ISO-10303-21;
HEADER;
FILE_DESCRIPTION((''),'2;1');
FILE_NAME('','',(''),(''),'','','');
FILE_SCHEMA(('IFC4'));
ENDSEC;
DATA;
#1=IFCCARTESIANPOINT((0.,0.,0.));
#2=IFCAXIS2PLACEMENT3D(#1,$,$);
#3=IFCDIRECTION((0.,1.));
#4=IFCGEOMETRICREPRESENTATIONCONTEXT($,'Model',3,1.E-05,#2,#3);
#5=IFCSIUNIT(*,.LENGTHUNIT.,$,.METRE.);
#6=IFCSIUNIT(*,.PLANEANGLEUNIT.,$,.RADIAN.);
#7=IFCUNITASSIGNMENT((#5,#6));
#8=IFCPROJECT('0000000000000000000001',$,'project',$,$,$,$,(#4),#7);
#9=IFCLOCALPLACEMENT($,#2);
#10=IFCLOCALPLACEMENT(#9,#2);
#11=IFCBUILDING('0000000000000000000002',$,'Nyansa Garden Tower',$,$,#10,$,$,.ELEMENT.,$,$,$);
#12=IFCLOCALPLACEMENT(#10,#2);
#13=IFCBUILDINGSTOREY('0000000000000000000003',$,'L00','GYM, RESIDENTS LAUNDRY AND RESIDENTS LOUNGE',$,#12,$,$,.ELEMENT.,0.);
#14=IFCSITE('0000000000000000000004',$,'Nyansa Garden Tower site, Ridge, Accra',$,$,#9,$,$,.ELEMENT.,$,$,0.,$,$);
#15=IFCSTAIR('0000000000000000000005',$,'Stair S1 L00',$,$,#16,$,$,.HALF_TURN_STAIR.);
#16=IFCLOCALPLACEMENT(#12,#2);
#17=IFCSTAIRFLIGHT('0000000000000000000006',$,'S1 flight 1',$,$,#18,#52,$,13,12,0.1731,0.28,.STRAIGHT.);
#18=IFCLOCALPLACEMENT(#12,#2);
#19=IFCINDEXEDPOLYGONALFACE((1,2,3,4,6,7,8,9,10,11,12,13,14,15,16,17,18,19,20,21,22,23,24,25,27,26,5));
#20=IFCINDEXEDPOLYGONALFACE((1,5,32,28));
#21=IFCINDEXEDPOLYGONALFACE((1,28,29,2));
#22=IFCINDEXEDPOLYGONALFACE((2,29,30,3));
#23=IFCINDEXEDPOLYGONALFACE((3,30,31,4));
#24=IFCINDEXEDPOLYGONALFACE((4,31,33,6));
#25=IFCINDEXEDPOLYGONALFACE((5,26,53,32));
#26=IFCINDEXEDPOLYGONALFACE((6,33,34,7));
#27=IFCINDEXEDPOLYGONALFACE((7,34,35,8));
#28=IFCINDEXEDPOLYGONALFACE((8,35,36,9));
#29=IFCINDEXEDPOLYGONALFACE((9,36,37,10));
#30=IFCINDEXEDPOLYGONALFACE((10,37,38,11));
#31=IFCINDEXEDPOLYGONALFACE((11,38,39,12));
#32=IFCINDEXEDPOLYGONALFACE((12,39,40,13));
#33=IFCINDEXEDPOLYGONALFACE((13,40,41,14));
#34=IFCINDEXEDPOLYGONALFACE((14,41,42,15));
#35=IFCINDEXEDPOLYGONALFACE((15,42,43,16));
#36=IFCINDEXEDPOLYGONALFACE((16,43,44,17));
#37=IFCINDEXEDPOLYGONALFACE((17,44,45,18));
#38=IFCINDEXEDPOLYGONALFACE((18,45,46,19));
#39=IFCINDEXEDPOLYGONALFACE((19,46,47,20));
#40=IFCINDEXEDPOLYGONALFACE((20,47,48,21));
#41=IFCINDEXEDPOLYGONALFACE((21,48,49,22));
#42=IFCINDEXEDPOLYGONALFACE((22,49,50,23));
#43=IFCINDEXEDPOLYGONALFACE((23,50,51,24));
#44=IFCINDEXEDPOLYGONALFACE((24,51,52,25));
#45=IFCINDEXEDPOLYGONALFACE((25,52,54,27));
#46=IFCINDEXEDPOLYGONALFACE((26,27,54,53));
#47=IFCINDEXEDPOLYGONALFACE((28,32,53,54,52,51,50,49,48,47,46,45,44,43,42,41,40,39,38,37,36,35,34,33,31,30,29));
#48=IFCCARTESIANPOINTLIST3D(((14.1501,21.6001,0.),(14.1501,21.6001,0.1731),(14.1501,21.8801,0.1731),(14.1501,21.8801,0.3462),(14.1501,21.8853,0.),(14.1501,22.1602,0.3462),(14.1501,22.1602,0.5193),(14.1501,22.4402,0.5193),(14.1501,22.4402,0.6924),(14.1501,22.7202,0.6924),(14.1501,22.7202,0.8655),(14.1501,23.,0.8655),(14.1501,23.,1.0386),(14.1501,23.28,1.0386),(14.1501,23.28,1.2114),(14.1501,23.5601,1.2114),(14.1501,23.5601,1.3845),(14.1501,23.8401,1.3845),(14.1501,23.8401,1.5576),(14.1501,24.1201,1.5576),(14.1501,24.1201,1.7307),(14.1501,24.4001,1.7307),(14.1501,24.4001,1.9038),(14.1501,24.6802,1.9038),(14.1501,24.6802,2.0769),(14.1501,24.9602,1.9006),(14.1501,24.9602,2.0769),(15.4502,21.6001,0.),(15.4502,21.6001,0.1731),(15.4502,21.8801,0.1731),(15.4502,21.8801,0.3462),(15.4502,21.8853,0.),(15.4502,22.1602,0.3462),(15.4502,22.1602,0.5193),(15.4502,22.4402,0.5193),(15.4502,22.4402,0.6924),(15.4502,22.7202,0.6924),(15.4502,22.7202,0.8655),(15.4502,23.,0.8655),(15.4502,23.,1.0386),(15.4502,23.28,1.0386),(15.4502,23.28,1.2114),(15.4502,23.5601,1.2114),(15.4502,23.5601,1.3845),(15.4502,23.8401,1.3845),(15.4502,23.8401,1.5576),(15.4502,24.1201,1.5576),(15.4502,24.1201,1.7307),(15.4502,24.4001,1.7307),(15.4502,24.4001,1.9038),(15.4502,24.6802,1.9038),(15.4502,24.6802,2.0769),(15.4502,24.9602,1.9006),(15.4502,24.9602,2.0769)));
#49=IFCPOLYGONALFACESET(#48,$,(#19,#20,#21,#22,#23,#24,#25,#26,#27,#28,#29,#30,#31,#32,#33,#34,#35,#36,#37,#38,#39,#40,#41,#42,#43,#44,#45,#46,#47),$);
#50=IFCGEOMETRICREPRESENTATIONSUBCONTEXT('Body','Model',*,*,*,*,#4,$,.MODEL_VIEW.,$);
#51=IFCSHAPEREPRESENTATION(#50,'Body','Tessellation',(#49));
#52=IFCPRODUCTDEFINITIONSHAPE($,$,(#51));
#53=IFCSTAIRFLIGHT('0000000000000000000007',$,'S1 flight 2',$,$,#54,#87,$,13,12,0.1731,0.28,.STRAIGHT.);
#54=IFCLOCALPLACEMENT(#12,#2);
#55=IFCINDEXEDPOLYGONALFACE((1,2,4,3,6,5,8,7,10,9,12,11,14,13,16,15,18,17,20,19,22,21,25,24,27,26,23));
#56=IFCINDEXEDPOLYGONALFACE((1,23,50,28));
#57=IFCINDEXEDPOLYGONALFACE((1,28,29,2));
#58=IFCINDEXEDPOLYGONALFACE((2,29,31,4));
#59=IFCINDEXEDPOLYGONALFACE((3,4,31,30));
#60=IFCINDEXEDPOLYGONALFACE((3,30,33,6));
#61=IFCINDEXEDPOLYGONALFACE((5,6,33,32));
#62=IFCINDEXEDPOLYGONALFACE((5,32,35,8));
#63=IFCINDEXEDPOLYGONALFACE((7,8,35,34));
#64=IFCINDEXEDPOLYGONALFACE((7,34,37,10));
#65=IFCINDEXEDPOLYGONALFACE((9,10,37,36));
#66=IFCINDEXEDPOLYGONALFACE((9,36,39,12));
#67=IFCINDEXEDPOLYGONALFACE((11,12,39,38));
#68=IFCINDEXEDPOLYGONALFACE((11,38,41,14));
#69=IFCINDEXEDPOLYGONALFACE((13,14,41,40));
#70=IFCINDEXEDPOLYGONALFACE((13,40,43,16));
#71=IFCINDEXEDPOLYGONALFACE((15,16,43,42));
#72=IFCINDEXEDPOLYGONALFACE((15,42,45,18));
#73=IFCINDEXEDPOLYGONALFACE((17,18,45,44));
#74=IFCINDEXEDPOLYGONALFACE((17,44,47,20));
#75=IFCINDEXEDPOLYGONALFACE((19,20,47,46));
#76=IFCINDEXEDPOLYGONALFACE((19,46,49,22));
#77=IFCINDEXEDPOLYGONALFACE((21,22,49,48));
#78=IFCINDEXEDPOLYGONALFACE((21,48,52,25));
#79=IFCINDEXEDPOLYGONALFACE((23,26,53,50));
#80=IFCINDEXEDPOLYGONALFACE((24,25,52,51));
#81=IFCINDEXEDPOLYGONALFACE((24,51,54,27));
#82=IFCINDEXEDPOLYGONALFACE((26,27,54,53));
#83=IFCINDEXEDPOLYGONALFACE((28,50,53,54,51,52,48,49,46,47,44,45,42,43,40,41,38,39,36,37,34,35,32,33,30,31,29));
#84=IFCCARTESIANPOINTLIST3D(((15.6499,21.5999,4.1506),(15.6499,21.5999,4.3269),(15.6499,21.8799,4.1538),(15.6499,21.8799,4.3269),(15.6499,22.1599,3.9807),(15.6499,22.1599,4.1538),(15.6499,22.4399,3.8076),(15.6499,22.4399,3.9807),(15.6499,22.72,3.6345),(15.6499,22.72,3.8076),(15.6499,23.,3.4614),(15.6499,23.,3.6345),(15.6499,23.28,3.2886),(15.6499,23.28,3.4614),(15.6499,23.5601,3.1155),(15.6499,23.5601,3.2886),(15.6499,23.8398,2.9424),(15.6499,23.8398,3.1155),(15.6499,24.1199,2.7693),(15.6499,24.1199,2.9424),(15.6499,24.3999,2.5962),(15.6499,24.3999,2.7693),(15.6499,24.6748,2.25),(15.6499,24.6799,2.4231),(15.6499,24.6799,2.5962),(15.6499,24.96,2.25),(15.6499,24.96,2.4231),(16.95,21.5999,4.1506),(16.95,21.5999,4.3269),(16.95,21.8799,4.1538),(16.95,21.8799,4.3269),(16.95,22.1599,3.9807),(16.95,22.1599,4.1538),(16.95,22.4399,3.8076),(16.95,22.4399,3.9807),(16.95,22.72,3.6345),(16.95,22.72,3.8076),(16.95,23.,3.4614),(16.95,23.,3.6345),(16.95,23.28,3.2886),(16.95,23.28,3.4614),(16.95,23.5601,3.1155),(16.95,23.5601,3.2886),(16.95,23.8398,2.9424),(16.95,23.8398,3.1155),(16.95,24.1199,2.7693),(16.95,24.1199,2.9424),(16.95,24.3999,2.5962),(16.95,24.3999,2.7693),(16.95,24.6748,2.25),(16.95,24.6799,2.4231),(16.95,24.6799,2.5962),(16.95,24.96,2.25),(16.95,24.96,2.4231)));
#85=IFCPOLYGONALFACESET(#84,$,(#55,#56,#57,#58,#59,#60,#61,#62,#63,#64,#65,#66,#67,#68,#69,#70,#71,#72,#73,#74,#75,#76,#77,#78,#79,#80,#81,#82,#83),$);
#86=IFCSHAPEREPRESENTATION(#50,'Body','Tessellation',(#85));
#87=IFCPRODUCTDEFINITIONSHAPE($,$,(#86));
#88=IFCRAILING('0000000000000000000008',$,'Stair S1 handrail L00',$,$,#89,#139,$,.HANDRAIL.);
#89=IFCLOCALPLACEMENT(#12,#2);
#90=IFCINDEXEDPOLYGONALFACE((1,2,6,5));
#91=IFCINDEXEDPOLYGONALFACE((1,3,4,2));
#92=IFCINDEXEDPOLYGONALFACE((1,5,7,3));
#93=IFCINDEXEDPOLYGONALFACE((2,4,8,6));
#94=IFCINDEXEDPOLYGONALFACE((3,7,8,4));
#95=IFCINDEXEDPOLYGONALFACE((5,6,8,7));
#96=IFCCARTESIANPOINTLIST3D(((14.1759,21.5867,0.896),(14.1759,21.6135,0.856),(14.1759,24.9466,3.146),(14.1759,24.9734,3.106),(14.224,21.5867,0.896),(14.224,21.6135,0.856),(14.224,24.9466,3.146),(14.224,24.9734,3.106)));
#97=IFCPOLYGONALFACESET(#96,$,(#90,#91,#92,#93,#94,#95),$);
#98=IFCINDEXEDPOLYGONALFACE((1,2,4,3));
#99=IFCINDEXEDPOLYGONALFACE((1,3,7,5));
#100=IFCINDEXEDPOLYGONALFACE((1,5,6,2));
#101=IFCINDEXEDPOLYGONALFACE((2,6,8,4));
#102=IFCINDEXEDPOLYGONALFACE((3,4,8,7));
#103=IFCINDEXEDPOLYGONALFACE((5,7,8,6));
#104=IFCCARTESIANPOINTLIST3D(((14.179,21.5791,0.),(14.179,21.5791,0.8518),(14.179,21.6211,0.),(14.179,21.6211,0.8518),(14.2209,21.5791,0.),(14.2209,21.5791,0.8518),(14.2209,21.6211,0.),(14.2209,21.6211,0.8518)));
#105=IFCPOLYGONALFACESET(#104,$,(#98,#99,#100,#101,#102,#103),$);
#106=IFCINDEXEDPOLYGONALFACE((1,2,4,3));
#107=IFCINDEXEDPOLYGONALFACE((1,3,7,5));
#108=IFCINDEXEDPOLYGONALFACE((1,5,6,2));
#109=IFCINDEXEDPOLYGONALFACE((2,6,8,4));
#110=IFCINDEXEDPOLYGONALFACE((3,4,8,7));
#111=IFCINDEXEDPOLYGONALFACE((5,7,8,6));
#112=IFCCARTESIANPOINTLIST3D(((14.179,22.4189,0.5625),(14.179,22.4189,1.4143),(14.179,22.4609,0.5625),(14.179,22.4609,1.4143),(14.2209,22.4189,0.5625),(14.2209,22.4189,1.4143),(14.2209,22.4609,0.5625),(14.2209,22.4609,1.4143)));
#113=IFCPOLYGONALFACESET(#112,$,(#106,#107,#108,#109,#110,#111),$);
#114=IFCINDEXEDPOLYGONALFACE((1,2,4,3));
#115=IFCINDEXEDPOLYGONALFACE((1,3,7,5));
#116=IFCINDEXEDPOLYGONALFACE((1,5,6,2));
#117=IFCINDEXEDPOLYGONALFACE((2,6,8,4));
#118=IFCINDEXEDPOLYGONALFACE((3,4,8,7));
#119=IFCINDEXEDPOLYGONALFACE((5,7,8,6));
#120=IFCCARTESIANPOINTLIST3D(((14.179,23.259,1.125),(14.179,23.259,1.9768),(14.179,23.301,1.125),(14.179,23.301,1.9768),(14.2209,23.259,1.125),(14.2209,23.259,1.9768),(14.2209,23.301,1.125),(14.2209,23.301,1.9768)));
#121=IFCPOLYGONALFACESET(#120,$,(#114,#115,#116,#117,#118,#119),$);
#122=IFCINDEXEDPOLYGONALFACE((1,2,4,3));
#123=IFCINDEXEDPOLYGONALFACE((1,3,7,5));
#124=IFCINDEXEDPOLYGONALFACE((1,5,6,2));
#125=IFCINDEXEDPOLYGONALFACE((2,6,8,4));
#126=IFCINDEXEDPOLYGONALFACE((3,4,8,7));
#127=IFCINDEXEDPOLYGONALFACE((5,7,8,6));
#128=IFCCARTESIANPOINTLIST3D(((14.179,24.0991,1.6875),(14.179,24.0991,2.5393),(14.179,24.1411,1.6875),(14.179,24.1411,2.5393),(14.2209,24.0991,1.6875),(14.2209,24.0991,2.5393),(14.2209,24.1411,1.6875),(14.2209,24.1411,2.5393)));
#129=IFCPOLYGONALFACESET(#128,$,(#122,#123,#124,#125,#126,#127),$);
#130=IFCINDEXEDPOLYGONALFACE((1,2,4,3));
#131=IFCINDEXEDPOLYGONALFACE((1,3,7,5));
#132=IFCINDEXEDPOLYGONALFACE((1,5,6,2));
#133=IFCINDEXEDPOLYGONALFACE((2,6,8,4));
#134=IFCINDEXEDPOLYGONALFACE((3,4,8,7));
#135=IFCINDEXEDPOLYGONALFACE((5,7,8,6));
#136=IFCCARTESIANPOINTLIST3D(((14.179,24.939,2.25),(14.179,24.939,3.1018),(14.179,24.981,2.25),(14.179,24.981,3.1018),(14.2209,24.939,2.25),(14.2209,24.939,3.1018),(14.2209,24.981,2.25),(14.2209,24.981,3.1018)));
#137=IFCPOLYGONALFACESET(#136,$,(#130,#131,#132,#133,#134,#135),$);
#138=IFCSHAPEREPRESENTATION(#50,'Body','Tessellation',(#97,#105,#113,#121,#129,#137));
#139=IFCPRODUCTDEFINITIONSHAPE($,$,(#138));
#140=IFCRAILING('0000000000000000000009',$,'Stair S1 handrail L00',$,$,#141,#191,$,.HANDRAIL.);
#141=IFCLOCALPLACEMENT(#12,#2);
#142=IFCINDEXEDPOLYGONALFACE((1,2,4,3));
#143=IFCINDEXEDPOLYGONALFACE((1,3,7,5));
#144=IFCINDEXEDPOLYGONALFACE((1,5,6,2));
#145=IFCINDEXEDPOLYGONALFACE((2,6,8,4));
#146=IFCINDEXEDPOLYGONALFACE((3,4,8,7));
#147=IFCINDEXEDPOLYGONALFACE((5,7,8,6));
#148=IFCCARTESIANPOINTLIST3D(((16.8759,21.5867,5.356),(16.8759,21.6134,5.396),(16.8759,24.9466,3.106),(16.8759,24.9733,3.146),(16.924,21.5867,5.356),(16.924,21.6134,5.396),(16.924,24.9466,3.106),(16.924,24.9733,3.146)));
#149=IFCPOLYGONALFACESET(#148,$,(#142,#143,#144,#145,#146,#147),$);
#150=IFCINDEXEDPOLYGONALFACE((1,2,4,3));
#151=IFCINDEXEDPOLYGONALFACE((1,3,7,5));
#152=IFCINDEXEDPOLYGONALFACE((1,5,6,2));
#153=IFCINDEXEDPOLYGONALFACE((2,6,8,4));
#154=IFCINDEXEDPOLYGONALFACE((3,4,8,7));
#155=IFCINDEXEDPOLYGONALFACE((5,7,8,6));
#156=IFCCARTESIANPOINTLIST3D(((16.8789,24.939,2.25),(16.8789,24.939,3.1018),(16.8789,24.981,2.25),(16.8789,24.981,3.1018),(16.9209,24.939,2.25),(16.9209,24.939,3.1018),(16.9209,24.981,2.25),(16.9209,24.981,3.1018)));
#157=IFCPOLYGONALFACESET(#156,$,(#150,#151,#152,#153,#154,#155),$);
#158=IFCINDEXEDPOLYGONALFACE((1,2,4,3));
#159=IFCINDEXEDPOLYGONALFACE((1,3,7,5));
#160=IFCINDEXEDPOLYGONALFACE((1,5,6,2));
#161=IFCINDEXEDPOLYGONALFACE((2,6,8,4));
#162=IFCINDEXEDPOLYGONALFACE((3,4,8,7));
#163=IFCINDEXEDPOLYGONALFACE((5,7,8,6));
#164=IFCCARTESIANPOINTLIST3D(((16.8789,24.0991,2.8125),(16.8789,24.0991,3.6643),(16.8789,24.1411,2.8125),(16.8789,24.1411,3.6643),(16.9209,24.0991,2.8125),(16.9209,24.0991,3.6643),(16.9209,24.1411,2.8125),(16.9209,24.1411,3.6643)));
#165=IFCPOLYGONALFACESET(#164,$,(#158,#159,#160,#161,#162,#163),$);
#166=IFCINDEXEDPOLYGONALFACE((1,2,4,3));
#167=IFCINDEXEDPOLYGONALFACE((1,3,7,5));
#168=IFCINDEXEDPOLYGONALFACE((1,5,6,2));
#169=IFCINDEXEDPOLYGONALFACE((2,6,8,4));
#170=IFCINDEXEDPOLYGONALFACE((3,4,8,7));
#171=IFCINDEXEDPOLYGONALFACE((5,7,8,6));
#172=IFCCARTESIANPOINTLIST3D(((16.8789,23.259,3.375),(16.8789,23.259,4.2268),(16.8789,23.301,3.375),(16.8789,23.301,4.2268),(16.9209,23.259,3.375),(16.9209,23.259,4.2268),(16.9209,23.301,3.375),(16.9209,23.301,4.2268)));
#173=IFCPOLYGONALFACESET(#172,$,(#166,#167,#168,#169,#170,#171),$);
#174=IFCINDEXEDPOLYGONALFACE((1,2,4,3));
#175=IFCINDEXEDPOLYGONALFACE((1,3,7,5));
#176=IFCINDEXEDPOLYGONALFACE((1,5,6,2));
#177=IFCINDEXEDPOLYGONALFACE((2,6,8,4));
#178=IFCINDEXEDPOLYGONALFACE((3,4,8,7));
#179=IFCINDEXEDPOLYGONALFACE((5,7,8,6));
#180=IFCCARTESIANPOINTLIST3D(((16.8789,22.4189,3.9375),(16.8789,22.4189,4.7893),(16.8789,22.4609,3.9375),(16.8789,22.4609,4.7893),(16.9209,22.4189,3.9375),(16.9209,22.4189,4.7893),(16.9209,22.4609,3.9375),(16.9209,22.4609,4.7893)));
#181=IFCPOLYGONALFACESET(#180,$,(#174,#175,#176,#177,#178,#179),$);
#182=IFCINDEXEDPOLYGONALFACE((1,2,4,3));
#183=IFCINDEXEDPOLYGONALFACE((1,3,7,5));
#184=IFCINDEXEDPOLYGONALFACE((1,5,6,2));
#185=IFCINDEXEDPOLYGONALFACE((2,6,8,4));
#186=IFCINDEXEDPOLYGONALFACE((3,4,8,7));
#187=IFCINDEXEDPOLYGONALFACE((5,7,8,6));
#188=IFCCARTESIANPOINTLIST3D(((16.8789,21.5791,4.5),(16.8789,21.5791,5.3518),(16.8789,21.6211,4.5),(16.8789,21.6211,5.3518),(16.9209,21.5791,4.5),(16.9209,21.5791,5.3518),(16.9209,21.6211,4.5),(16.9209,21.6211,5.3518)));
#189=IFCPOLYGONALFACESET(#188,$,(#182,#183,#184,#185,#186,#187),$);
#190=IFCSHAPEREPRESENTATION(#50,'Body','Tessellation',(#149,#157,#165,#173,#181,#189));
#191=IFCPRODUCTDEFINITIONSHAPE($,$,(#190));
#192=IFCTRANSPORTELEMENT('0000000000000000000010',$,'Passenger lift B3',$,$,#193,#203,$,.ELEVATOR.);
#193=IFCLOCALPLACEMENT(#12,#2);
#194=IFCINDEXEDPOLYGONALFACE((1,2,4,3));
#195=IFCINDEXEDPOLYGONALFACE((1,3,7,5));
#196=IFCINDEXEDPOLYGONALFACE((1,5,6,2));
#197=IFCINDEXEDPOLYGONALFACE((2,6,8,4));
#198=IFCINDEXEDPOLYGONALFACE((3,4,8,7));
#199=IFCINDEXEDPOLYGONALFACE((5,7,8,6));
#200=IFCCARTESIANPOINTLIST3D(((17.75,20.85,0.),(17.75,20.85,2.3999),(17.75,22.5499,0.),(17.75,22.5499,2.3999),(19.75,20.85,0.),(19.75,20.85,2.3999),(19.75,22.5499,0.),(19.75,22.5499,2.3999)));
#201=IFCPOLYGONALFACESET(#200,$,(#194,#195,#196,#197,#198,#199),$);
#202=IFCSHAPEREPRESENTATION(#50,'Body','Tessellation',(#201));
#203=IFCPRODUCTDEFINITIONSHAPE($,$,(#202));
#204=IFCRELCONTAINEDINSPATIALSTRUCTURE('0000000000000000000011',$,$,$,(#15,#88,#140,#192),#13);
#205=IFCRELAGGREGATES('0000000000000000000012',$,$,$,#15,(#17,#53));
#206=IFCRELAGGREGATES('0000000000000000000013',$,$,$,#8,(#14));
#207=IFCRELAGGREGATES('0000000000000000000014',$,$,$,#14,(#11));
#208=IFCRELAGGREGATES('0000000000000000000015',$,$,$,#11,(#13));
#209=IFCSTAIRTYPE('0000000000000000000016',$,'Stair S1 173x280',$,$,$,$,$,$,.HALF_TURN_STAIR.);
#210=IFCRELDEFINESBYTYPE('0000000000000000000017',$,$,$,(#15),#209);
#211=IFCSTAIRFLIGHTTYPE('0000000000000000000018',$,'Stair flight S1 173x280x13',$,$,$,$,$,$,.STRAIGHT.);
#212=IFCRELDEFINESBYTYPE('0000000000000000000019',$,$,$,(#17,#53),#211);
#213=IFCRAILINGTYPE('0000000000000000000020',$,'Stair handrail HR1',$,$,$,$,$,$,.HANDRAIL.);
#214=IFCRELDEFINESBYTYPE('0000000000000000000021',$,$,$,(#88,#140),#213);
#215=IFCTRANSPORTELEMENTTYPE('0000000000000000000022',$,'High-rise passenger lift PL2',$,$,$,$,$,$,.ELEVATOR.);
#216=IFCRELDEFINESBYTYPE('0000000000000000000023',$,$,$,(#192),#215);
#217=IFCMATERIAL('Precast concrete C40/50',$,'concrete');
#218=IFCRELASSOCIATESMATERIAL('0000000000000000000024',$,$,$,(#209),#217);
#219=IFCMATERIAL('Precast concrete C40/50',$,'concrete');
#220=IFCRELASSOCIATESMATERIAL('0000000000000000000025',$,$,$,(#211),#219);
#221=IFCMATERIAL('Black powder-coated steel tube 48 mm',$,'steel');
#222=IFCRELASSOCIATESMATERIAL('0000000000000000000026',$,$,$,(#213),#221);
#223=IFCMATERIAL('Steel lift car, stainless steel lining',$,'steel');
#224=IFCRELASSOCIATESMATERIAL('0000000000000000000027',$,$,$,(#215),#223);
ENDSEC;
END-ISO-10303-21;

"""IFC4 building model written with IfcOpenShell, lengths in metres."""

from ifc_helpers import new_model, si_unit, direction, frame, origin, origin_2d, place, context, subcontext, project, spatial, polyline, rectangle, outline, extrude, material, type_object, element, aggregate, save


model = new_model("IFC4")

# Units and contexts
model_context = context("Model", 3, precision=1e-05, world=origin(), true_north=direction((0.0, 1.0)))
body_context = subcontext(model_context, "Body", "Model", "MODEL_VIEW")
ifc_project = project(units=[si_unit("LENGTHUNIT", "METRE"), si_unit("PLANEANGLEUNIT", "RADIAN")], contexts=[model_context])

# Site, building, storey
site_placement = place(None, origin())
site = spatial("IfcSite", under=ifc_project, at=site_placement, Name="Nyansa Garden Tower site, Ridge, Accra", CompositionType="ELEMENT", RefElevation=0.0)
building_placement = place(site_placement, origin())
building = spatial("IfcBuilding", under=site, at=building_placement, Name="Nyansa Garden Tower", CompositionType="ELEMENT")
storey_placement = place(building_placement, origin())
storey = spatial("IfcBuildingStorey", under=building, at=storey_placement, Name="L00", Description="GYM, RESIDENTS LAUNDRY AND RESIDENTS LOUNGE", CompositionType="ELEMENT", Elevation=0.0)

# Stair, stair flights
ifc_material_1 = material(Name="Precast concrete C40/50", Category="concrete")
stair_type = type_object("IfcStairType", Name="Stair S1 173x280", PredefinedType="HALF_TURN_STAIR", material=ifc_material_1)
stair_placement = place(storey_placement, origin())
stair = element("IfcStair", 1, at=stair_placement, inside=storey, type_object=stair_type, Name="Stair S1 L00", PredefinedType="HALF_TURN_STAIR")
ifc_material_2 = material(Name="Precast concrete C40/50", Category="concrete")
stair_flight_type = type_object("IfcStairFlightType", Name="Stair flight S1 173x280x13", PredefinedType="STRAIGHT", material=ifc_material_2)
stair_flight_1_placement = place(storey_placement, frame((14.8, 21.6001, 0.0), z_axis=(0.0, 0.0, 1.0), x_axis=(0.0, 1.0, 0.0)))
stair_flight_1 = element("IfcStairFlight", 2, at=stair_flight_1_placement, type_object=stair_flight_type, Name="S1 flight 1", NumberOfRisers=13, NumberOfTreads=12, PredefinedType="STRAIGHT", RiserHeight=0.1731, TreadLength=0.28, context=body_context, shape_type="SweptSolid", body=[
    extrude(outline(polyline([(0.0, 0.0), (0.0, 0.1731), (0.28, 0.1731), (0.28, 0.3462), (0.5601, 0.3462), (0.5601, 0.5193), (0.8401, 0.5193), (0.8401, 0.6924), (1.1201, 0.6924), (1.1201, 0.8655), (1.3999, 0.8655), (1.3999, 1.0386), (1.6799, 1.0386), (1.6799, 1.2114), (1.96, 1.2114), (1.96, 1.3845), (2.24, 1.3845), (2.24, 1.5576), (2.52, 1.5576), (2.52, 1.7307), (2.8, 1.7307), (2.8, 1.9038), (3.0801, 1.9038), (3.0801, 2.0769), (3.3601, 2.0769), (3.3601, 2.25), (3.3601, 1.9006), (0.2852, 0.0), (0.0, 0.0)])), frame((0.0, 0.6499, 0.0), z_axis=(0.0, -1.0, 0.0), x_axis=(1.0, 0.0, 0.0)), (0.0, 0.0, 1.0), 1.3),
])
stair_flight_2_placement = place(storey_placement, frame((16.3, 24.96, 2.25), z_axis=(0.0, 0.0, 1.0), x_axis=(0.0, -1.0, 0.0)))
stair_flight_2 = element("IfcStairFlight", 3, at=stair_flight_2_placement, type_object=stair_flight_type, Name="S1 flight 2", NumberOfRisers=13, NumberOfTreads=12, PredefinedType="STRAIGHT", RiserHeight=0.1731, TreadLength=0.28, context=body_context, shape_type="SweptSolid", body=[
    extrude(outline(polyline([(0.0, 0.0), (0.0, 0.1731), (0.28, 0.1731), (0.28, 0.3462), (0.5601, 0.3462), (0.5601, 0.5193), (0.8401, 0.5193), (0.8401, 0.6924), (1.1201, 0.6924), (1.1201, 0.8655), (1.3999, 0.8655), (1.3999, 1.0386), (1.6799, 1.0386), (1.6799, 1.2114), (1.96, 1.2114), (1.96, 1.3845), (2.24, 1.3845), (2.24, 1.5576), (2.52, 1.5576), (2.52, 1.7307), (2.8, 1.7307), (2.8, 1.9038), (3.0801, 1.9038), (3.0801, 2.0769), (3.3601, 2.0769), (3.3601, 2.25), (3.3601, 1.9006), (0.2852, 0.0), (0.0, 0.0)])), frame((0.0, 0.6499, 0.0), z_axis=(0.0, -1.0, 0.0), x_axis=(1.0, 0.0, 0.0)), (0.0, 0.0, 1.0), 1.3),
])
aggregate(stair, [stair_flight_1, stair_flight_2])

# Railings
ifc_material_3 = material(Name="Black powder-coated steel tube 48 mm", Category="steel")
railing_type = type_object("IfcRailingType", Name="Stair handrail HR1", PredefinedType="HANDRAIL", material=ifc_material_3)
railing_1_placement = place(storey_placement, frame((14.2, 21.6001, 0.0)))
element("IfcRailing", 4, at=railing_1_placement, inside=storey, type_object=railing_type, Name="Stair S1 handrail L00", PredefinedType="HANDRAIL", context=body_context, shape_type="SweptSolid", body=[
    extrude(rectangle(XDim=0.0481, YDim=0.0481, at=origin_2d()), frame((0.0, 0.0, 0.876), z_axis=(0.0, 0.830897, 0.556427), x_axis=(-1.0, 0.0, 0.0)), (0.0, 0.0, 1.0), 4.0437),
    extrude(rectangle(XDim=0.042, YDim=0.042, at=origin_2d()), origin(), (0.0, 0.0, 1.0), 0.8518),
    extrude(rectangle(XDim=0.042, YDim=0.042, at=origin_2d()), frame((0.0, 0.8398, 0.5625)), (0.0, 0.0, 1.0), 0.8518),
    extrude(rectangle(XDim=0.042, YDim=0.042, at=origin_2d()), frame((0.0, 1.6799, 1.125)), (0.0, 0.0, 1.0), 0.8518),
    extrude(rectangle(XDim=0.042, YDim=0.042, at=origin_2d()), frame((0.0, 2.52, 1.6875)), (0.0, 0.0, 1.0), 0.8518),
    extrude(rectangle(XDim=0.042, YDim=0.042, at=origin_2d()), frame((0.0, 3.3599, 2.25)), (0.0, 0.0, 1.0), 0.8518),
])
railing_2_placement = place(storey_placement, frame((16.8999, 24.96, 2.25)))
element("IfcRailing", 5, at=railing_2_placement, inside=storey, type_object=railing_type, Name="Stair S1 handrail L00", PredefinedType="HANDRAIL", context=body_context, shape_type="SweptSolid", body=[
    extrude(rectangle(XDim=0.0481, YDim=0.0481, at=origin_2d()), frame((0.0, 0.0, 0.876), z_axis=(0.0, -0.830897, 0.556427), x_axis=(1.0, 0.0, 0.0)), (0.0, 0.0, 1.0), 4.0437),
    extrude(rectangle(XDim=0.042, YDim=0.042, at=origin_2d()), origin(), (0.0, 0.0, 1.0), 0.8518),
    extrude(rectangle(XDim=0.042, YDim=0.042, at=origin_2d()), frame((0.0, -0.8398, 0.5625)), (0.0, 0.0, 1.0), 0.8518),
    extrude(rectangle(XDim=0.042, YDim=0.042, at=origin_2d()), frame((0.0, -1.6799, 1.125)), (0.0, 0.0, 1.0), 0.8518),
    extrude(rectangle(XDim=0.042, YDim=0.042, at=origin_2d()), frame((0.0, -2.52, 1.6875)), (0.0, 0.0, 1.0), 0.8518),
    extrude(rectangle(XDim=0.042, YDim=0.042, at=origin_2d()), frame((0.0, -3.3599, 2.25)), (0.0, 0.0, 1.0), 0.8518),
])

# Transport element
ifc_material_4 = material(Name="Steel lift car, stainless steel lining", Category="steel")
transport_element_type = type_object("IfcTransportElementType", Name="High-rise passenger lift PL2", PredefinedType="ELEVATOR", material=ifc_material_4)
transport_element_placement = place(storey_placement, frame((18.75, 21.7, 0.0), z_axis=(0.0, 0.0, 1.0), x_axis=(1.0, 0.0, 0.0)))
element("IfcTransportElement", 6, at=transport_element_placement, inside=storey, type_object=transport_element_type, Name="Passenger lift B3", PredefinedType="ELEVATOR", context=body_context, shape_type="SweptSolid", body=[
    extrude(rectangle(XDim=2.0, YDim=1.7, at=origin_2d()), origin(), (0.0, 0.0, 1.0), 2.3999),
])

save(model, "model.ifc")
